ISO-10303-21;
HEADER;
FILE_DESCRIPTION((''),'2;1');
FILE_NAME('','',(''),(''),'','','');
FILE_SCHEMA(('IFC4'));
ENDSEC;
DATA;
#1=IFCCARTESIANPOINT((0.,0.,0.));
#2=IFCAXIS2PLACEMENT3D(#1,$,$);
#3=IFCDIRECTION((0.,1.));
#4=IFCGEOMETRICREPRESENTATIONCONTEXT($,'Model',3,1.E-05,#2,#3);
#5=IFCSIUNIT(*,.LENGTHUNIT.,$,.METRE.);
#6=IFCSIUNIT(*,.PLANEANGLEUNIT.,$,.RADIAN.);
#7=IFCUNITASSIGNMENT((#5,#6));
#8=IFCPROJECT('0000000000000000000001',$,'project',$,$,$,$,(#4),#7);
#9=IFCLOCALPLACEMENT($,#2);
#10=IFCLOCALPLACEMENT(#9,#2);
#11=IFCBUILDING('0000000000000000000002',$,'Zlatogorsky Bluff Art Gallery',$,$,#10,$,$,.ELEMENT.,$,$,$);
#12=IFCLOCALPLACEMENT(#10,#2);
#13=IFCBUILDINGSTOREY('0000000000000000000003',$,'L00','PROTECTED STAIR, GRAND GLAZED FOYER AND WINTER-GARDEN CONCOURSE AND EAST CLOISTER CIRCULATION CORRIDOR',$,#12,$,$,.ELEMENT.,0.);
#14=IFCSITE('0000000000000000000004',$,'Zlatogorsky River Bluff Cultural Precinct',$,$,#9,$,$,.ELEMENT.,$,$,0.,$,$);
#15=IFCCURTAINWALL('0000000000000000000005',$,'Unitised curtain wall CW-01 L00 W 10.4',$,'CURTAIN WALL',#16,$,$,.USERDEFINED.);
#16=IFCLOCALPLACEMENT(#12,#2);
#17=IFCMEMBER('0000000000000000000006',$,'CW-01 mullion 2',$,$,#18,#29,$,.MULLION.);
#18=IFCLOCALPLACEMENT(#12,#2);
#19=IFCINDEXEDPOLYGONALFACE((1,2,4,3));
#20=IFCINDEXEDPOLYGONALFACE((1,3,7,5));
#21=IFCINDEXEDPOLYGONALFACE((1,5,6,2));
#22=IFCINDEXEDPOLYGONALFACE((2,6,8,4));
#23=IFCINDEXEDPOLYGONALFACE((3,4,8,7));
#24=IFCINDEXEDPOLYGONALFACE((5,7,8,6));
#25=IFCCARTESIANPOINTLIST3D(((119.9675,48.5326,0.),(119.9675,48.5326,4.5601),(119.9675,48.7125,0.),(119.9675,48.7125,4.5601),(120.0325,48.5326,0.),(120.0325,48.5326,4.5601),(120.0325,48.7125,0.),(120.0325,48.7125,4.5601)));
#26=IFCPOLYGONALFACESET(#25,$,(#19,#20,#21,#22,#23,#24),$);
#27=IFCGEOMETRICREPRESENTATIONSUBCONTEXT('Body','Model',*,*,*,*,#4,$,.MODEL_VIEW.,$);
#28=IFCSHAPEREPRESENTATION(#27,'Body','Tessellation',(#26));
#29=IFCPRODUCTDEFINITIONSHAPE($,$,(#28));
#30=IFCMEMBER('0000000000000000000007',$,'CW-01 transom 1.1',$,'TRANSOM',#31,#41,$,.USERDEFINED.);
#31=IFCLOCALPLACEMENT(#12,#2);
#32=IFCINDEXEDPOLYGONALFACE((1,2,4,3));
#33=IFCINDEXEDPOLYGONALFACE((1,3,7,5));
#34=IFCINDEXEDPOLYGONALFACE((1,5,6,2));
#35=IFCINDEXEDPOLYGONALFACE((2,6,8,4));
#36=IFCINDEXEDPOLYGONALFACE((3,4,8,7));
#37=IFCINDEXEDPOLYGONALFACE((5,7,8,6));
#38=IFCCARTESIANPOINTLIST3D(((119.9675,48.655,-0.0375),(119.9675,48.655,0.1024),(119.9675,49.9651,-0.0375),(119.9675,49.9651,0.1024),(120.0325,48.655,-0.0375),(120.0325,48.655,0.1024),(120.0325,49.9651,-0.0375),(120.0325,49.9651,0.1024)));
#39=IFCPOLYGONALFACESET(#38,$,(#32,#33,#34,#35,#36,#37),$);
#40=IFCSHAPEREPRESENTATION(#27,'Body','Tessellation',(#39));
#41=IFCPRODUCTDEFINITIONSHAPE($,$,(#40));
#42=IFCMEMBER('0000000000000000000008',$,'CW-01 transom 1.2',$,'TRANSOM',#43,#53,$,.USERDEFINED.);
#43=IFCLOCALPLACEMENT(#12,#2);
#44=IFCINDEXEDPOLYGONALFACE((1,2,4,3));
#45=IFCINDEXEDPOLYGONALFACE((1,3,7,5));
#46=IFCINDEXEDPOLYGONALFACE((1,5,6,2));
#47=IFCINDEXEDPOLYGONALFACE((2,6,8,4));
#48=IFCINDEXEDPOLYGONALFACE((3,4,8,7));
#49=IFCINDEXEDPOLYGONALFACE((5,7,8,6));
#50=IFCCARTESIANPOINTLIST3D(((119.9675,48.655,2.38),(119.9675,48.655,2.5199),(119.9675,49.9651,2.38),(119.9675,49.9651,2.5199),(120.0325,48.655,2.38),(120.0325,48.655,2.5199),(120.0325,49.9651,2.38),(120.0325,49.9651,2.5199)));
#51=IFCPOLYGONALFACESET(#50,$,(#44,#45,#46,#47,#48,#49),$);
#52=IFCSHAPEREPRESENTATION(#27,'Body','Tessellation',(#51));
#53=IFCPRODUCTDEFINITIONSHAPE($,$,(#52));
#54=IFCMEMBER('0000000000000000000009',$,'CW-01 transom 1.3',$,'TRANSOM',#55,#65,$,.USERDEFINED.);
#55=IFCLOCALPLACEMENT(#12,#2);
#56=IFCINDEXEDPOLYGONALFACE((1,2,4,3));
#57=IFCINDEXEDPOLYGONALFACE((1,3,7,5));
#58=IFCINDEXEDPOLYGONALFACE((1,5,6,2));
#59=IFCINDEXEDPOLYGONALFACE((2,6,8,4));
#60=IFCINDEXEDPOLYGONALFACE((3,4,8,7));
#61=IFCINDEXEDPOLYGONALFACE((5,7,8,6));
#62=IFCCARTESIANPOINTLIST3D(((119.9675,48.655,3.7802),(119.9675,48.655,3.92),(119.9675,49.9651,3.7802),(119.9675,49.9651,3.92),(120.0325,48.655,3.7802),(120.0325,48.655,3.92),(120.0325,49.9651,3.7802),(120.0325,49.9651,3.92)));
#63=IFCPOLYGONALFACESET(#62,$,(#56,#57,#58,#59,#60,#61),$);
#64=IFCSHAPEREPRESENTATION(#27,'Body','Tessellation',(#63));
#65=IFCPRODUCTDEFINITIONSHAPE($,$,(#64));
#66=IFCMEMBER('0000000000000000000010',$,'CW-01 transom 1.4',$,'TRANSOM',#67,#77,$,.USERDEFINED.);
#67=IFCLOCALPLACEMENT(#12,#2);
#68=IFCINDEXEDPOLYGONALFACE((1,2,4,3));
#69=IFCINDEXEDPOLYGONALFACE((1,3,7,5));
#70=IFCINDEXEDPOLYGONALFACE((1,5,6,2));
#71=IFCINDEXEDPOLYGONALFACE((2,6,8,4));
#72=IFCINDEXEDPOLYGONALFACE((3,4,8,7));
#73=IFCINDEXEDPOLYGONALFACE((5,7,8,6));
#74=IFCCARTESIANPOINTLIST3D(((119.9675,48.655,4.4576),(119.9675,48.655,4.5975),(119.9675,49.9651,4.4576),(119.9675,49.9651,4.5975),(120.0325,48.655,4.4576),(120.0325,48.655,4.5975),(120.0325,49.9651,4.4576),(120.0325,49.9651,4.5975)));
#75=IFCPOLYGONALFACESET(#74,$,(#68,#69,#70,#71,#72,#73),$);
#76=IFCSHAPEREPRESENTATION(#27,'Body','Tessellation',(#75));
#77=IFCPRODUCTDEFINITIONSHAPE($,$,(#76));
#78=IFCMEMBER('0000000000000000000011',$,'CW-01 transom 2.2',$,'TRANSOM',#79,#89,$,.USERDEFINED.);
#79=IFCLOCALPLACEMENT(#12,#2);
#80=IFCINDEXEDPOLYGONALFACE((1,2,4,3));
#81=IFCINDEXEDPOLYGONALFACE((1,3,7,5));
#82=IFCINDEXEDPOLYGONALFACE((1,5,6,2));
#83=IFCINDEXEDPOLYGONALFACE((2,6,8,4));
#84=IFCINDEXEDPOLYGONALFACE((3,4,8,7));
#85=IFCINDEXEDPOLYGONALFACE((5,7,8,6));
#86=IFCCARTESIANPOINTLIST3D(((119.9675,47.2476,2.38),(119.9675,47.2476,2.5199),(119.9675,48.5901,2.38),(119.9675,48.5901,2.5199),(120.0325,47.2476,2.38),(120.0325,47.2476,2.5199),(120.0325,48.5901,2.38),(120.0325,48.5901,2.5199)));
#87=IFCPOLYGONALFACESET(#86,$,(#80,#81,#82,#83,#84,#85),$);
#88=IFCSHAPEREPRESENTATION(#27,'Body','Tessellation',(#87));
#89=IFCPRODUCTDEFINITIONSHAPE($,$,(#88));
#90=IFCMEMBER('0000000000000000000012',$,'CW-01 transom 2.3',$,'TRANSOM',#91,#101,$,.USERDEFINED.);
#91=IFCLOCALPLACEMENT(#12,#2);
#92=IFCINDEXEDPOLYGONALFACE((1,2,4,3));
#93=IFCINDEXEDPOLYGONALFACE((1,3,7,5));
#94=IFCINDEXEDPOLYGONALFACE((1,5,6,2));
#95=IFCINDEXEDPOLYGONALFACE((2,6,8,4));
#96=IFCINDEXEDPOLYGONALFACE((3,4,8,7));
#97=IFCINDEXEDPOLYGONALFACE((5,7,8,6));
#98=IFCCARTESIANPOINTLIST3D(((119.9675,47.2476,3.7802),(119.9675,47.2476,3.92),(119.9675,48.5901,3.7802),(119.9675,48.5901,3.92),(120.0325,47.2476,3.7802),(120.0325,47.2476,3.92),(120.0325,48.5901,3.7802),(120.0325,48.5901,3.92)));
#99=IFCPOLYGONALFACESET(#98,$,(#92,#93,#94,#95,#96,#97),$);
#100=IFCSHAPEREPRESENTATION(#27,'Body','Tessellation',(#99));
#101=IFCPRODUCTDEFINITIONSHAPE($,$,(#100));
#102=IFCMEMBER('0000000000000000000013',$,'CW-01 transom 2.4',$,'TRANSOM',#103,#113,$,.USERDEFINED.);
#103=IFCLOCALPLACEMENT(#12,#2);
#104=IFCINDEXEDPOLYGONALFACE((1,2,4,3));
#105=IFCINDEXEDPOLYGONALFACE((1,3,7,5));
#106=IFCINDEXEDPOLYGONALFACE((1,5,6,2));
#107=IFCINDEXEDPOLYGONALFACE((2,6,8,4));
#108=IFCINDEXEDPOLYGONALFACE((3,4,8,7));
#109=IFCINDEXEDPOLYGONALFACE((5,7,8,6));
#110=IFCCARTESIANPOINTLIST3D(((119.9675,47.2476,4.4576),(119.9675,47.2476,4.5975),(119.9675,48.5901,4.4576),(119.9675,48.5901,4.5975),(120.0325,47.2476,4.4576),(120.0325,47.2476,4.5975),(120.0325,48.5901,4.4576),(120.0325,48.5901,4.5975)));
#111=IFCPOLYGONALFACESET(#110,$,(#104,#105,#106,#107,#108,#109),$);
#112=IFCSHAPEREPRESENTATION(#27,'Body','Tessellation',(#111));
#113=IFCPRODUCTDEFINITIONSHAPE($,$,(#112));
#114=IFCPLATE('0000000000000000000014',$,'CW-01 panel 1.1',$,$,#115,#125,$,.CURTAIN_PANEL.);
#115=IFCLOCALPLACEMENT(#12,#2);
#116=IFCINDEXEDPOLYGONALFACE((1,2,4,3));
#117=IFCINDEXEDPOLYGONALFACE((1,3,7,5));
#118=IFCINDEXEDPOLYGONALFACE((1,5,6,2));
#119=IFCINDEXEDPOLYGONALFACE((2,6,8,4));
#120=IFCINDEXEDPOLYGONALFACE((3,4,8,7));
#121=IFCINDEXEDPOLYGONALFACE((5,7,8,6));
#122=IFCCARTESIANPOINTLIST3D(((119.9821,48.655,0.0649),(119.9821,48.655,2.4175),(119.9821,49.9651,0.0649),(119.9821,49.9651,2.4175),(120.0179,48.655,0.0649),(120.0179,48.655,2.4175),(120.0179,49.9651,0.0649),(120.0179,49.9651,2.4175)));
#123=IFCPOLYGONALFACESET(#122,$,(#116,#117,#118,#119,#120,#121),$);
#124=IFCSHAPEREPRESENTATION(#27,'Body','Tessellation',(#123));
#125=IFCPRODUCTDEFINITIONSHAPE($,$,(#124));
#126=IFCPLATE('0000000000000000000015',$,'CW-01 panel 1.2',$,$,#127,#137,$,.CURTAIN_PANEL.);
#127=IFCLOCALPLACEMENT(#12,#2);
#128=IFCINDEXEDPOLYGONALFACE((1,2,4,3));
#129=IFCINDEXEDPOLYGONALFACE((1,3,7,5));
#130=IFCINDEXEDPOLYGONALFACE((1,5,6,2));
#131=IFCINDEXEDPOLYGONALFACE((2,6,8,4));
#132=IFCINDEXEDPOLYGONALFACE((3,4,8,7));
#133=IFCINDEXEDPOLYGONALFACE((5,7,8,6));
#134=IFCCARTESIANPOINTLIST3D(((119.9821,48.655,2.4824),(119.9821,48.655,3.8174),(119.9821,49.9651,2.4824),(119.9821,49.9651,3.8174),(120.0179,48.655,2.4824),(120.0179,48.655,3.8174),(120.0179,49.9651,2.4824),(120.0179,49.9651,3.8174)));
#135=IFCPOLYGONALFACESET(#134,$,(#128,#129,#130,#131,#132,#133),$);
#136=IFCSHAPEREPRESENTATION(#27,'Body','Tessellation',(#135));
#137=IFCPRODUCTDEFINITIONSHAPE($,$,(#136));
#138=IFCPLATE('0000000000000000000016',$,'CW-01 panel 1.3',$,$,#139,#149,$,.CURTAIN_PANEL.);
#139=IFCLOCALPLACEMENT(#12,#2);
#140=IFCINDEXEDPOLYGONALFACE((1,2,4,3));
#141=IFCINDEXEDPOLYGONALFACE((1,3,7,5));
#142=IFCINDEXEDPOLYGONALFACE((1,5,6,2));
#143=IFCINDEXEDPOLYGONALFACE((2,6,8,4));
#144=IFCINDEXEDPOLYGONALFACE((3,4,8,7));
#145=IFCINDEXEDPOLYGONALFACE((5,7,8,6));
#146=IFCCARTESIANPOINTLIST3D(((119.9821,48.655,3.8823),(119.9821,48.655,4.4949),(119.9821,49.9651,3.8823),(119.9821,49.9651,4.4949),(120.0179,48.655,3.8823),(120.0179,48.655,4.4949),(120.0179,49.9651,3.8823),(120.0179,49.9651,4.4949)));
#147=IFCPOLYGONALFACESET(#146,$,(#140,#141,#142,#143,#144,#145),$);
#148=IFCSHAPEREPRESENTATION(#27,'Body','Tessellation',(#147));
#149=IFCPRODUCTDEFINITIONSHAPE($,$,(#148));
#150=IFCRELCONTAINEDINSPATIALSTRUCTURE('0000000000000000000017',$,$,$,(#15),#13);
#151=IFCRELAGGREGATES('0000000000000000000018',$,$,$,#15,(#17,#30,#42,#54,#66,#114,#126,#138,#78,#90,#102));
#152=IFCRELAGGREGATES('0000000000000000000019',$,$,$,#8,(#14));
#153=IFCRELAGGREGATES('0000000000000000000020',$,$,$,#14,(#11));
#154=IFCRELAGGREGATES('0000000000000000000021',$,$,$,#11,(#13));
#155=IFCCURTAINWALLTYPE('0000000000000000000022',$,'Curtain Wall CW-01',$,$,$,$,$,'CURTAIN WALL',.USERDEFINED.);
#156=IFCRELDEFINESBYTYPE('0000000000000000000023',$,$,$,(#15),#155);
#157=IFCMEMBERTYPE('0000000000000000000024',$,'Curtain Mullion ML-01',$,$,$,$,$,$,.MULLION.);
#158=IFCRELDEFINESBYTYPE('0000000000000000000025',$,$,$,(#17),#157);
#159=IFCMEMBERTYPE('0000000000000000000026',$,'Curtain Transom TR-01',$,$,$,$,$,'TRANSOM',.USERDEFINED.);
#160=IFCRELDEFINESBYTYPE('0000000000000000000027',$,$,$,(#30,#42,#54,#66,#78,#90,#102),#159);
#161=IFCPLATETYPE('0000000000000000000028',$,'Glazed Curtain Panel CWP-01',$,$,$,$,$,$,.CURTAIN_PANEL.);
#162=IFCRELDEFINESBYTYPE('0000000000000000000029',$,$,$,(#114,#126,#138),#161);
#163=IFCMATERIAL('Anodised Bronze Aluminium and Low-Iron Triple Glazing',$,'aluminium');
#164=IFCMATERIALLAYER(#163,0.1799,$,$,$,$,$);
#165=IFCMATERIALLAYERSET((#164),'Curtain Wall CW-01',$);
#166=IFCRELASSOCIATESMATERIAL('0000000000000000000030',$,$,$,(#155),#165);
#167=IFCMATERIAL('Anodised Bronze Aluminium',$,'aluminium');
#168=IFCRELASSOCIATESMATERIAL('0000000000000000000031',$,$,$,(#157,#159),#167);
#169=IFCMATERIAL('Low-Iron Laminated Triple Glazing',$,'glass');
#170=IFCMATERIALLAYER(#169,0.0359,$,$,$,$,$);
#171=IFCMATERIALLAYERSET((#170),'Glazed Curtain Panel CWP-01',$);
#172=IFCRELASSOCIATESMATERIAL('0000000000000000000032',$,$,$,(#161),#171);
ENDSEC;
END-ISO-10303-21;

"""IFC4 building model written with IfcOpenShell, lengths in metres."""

from ifc_helpers import new_model, si_unit, direction, frame, origin, origin_2d, place, context, subcontext, project, spatial, rectangle, extrude, material, layer, layer_set, material_profile, profile_set, type_object, element, aggregate, save


model = new_model("IFC4")

# Units and contexts
model_context = context("Model", 3, precision=1e-05, world=origin(), true_north=direction((0.0, 1.0)))
body_context = subcontext(model_context, "Body", "Model", "MODEL_VIEW")
ifc_project = project(units=[si_unit("LENGTHUNIT", "METRE"), si_unit("PLANEANGLEUNIT", "RADIAN")], contexts=[model_context])

# Site, building, storey
site_placement = place(None, origin())
site = spatial("IfcSite", under=ifc_project, at=site_placement, Name="Zlatogorsky River Bluff Cultural Precinct", CompositionType="ELEMENT", RefElevation=0.0)
building_placement = place(site_placement, origin())
building = spatial("IfcBuilding", under=site, at=building_placement, Name="Zlatogorsky Bluff Art Gallery", CompositionType="ELEMENT")
storey_placement = place(building_placement, origin())
storey = spatial("IfcBuildingStorey", under=building, at=storey_placement, Name="L00", Description="PROTECTED STAIR, GRAND GLAZED FOYER AND WINTER-GARDEN CONCOURSE AND EAST CLOISTER CIRCULATION CORRIDOR", CompositionType="ELEMENT", Elevation=0.0)

# Curtain wall, members, plates
ifc_material_1 = material(Name="Anodised Bronze Aluminium and Low-Iron Triple Glazing", Category="aluminium")
ifc_layer_1 = layer(ifc_material_1, 0.1799)
ifc_layer_set_1 = layer_set([ifc_layer_1], Name="Curtain Wall CW-01")
curtain_wall_type = type_object("IfcCurtainWallType", Name="Curtain Wall CW-01", ElementType="CURTAIN WALL", PredefinedType="USERDEFINED", material=ifc_layer_set_1)
curtain_wall_placement = place(storey_placement, origin())
curtain_wall = element("IfcCurtainWall", 1, at=curtain_wall_placement, inside=storey, type_object=curtain_wall_type, Name="Unitised curtain wall CW-01 L00 W 10.4", ObjectType="CURTAIN WALL", PredefinedType="USERDEFINED")
ifc_material_2 = material(Name="Anodised Bronze Aluminium", Category="aluminium")
ifc_material_profile_1 = material_profile(ifc_material_2, rectangle(XDim=0.0649, YDim=0.1799, at=origin_2d()), Name="ALU MULLION 65x180")
ifc_profile_set_1 = profile_set([ifc_material_profile_1], Name="Anodised Bronze Aluminium")
member_type_1 = type_object("IfcMemberType", Name="Curtain Mullion ML-01", PredefinedType="MULLION", material=ifc_profile_set_1)
member_1_placement = place(storey_placement, frame((120.0, 48.6226, 0.0), z_axis=(0.0, 0.0, 1.0), x_axis=(1.0, 0.0, 0.0)))
member_1 = element("IfcMember", 2, at=member_1_placement, type_object=member_type_1, Name="CW-01 mullion 2", PredefinedType="MULLION", context=body_context, shape_type="SweptSolid", body=[
    extrude(rectangle(XDim=0.0649, YDim=0.1799, at=origin_2d()), origin(), (0.0, 0.0, 1.0), 4.5601),
])
ifc_material_profile_2 = material_profile(ifc_material_2, rectangle(XDim=0.0649, YDim=0.1399, at=origin_2d()), Name="ALU TRANSOM 65x140")
ifc_profile_set_2 = profile_set([ifc_material_profile_2], Name="Anodised Bronze Aluminium")
member_type_2 = type_object("IfcMemberType", Name="Curtain Transom TR-01", ElementType="TRANSOM", PredefinedType="USERDEFINED", material=ifc_profile_set_2)
member_2_placement = place(storey_placement, frame((120.0, 49.9651, 0.0325), z_axis=(0.0, -1.0, 0.0), x_axis=(1.0, 0.0, 0.0)))
member_2 = element("IfcMember", 3, at=member_2_placement, type_object=member_type_2, Name="CW-01 transom 1.1", ObjectType="TRANSOM", PredefinedType="USERDEFINED", context=body_context, shape_type="SweptSolid", body=[
    extrude(rectangle(XDim=0.0649, YDim=0.1399, at=origin_2d()), origin(), (0.0, 0.0, 1.0), 1.3101),
])
member_3_placement = place(storey_placement, frame((120.0, 49.9651, 2.45), z_axis=(0.0, -1.0, 0.0), x_axis=(1.0, 0.0, 0.0)))
member_3 = element("IfcMember", 4, at=member_3_placement, type_object=member_type_2, Name="CW-01 transom 1.2", ObjectType="TRANSOM", PredefinedType="USERDEFINED", context=body_context, shape_type="SweptSolid", body=[
    extrude(rectangle(XDim=0.0649, YDim=0.1399, at=origin_2d()), origin(), (0.0, 0.0, 1.0), 1.3101),
])
member_4_placement = place(storey_placement, frame((120.0, 49.9651, 3.8501), z_axis=(0.0, -1.0, 0.0), x_axis=(1.0, 0.0, 0.0)))
member_4 = element("IfcMember", 5, at=member_4_placement, type_object=member_type_2, Name="CW-01 transom 1.3", ObjectType="TRANSOM", PredefinedType="USERDEFINED", context=body_context, shape_type="SweptSolid", body=[
    extrude(rectangle(XDim=0.0649, YDim=0.1399, at=origin_2d()), origin(), (0.0, 0.0, 1.0), 1.3101),
])
member_5_placement = place(storey_placement, frame((120.0, 49.9651, 4.5276), z_axis=(0.0, -1.0, 0.0), x_axis=(1.0, 0.0, 0.0)))
member_5 = element("IfcMember", 6, at=member_5_placement, type_object=member_type_2, Name="CW-01 transom 1.4", ObjectType="TRANSOM", PredefinedType="USERDEFINED", context=body_context, shape_type="SweptSolid", body=[
    extrude(rectangle(XDim=0.0649, YDim=0.1399, at=origin_2d()), origin(), (0.0, 0.0, 1.0), 1.3101),
])
member_6_placement = place(storey_placement, frame((120.0, 48.5901, 2.45), z_axis=(0.0, -1.0, 0.0), x_axis=(1.0, 0.0, 0.0)))
member_6 = element("IfcMember", 7, at=member_6_placement, type_object=member_type_2, Name="CW-01 transom 2.2", ObjectType="TRANSOM", PredefinedType="USERDEFINED", context=body_context, shape_type="SweptSolid", body=[
    extrude(rectangle(XDim=0.0649, YDim=0.1399, at=origin_2d()), origin(), (0.0, 0.0, 1.0), 1.3425),
])
member_7_placement = place(storey_placement, frame((120.0, 48.5901, 3.8501), z_axis=(0.0, -1.0, 0.0), x_axis=(1.0, 0.0, 0.0)))
member_7 = element("IfcMember", 8, at=member_7_placement, type_object=member_type_2, Name="CW-01 transom 2.3", ObjectType="TRANSOM", PredefinedType="USERDEFINED", context=body_context, shape_type="SweptSolid", body=[
    extrude(rectangle(XDim=0.0649, YDim=0.1399, at=origin_2d()), origin(), (0.0, 0.0, 1.0), 1.3425),
])
member_8_placement = place(storey_placement, frame((120.0, 48.5901, 4.5276), z_axis=(0.0, -1.0, 0.0), x_axis=(1.0, 0.0, 0.0)))
member_8 = element("IfcMember", 9, at=member_8_placement, type_object=member_type_2, Name="CW-01 transom 2.4", ObjectType="TRANSOM", PredefinedType="USERDEFINED", context=body_context, shape_type="SweptSolid", body=[
    extrude(rectangle(XDim=0.0649, YDim=0.1399, at=origin_2d()), origin(), (0.0, 0.0, 1.0), 1.3425),
])
ifc_material_3 = material(Name="Low-Iron Laminated Triple Glazing", Category="glass")
ifc_layer_2 = layer(ifc_material_3, 0.0359)
ifc_layer_set_2 = layer_set([ifc_layer_2], Name="Glazed Curtain Panel CWP-01")
plate_type = type_object("IfcPlateType", Name="Glazed Curtain Panel CWP-01", PredefinedType="CURTAIN_PANEL", material=ifc_layer_set_2)
plate_1_placement = place(storey_placement, frame((120.0, 49.3101, 0.0649), z_axis=(0.0, 0.0, 1.0), x_axis=(0.0, -1.0, 0.0)))
plate_1 = element("IfcPlate", 10, at=plate_1_placement, type_object=plate_type, Name="CW-01 panel 1.1", PredefinedType="CURTAIN_PANEL", context=body_context, shape_type="SweptSolid", body=[
    extrude(rectangle(XDim=1.3101, YDim=0.0359, at=origin_2d()), origin(), (0.0, 0.0, 1.0), 2.3525),
])
plate_2_placement = place(storey_placement, frame((120.0, 49.3101, 2.4824), z_axis=(0.0, 0.0, 1.0), x_axis=(0.0, -1.0, 0.0)))
plate_2 = element("IfcPlate", 11, at=plate_2_placement, type_object=plate_type, Name="CW-01 panel 1.2", PredefinedType="CURTAIN_PANEL", context=body_context, shape_type="SweptSolid", body=[
    extrude(rectangle(XDim=1.3101, YDim=0.0359, at=origin_2d()), origin(), (0.0, 0.0, 1.0), 1.335),
])
plate_3_placement = place(storey_placement, frame((120.0, 49.3101, 3.8823), z_axis=(0.0, 0.0, 1.0), x_axis=(0.0, -1.0, 0.0)))
plate_3 = element("IfcPlate", 12, at=plate_3_placement, type_object=plate_type, Name="CW-01 panel 1.3", PredefinedType="CURTAIN_PANEL", context=body_context, shape_type="SweptSolid", body=[
    extrude(rectangle(XDim=1.3101, YDim=0.0359, at=origin_2d()), origin(), (0.0, 0.0, 1.0), 0.6125),
])
aggregate(curtain_wall, [member_1, member_2, member_3, member_4, member_5, plate_1, plate_2, plate_3, member_6, member_7, member_8])

save(model, "model.ifc")
